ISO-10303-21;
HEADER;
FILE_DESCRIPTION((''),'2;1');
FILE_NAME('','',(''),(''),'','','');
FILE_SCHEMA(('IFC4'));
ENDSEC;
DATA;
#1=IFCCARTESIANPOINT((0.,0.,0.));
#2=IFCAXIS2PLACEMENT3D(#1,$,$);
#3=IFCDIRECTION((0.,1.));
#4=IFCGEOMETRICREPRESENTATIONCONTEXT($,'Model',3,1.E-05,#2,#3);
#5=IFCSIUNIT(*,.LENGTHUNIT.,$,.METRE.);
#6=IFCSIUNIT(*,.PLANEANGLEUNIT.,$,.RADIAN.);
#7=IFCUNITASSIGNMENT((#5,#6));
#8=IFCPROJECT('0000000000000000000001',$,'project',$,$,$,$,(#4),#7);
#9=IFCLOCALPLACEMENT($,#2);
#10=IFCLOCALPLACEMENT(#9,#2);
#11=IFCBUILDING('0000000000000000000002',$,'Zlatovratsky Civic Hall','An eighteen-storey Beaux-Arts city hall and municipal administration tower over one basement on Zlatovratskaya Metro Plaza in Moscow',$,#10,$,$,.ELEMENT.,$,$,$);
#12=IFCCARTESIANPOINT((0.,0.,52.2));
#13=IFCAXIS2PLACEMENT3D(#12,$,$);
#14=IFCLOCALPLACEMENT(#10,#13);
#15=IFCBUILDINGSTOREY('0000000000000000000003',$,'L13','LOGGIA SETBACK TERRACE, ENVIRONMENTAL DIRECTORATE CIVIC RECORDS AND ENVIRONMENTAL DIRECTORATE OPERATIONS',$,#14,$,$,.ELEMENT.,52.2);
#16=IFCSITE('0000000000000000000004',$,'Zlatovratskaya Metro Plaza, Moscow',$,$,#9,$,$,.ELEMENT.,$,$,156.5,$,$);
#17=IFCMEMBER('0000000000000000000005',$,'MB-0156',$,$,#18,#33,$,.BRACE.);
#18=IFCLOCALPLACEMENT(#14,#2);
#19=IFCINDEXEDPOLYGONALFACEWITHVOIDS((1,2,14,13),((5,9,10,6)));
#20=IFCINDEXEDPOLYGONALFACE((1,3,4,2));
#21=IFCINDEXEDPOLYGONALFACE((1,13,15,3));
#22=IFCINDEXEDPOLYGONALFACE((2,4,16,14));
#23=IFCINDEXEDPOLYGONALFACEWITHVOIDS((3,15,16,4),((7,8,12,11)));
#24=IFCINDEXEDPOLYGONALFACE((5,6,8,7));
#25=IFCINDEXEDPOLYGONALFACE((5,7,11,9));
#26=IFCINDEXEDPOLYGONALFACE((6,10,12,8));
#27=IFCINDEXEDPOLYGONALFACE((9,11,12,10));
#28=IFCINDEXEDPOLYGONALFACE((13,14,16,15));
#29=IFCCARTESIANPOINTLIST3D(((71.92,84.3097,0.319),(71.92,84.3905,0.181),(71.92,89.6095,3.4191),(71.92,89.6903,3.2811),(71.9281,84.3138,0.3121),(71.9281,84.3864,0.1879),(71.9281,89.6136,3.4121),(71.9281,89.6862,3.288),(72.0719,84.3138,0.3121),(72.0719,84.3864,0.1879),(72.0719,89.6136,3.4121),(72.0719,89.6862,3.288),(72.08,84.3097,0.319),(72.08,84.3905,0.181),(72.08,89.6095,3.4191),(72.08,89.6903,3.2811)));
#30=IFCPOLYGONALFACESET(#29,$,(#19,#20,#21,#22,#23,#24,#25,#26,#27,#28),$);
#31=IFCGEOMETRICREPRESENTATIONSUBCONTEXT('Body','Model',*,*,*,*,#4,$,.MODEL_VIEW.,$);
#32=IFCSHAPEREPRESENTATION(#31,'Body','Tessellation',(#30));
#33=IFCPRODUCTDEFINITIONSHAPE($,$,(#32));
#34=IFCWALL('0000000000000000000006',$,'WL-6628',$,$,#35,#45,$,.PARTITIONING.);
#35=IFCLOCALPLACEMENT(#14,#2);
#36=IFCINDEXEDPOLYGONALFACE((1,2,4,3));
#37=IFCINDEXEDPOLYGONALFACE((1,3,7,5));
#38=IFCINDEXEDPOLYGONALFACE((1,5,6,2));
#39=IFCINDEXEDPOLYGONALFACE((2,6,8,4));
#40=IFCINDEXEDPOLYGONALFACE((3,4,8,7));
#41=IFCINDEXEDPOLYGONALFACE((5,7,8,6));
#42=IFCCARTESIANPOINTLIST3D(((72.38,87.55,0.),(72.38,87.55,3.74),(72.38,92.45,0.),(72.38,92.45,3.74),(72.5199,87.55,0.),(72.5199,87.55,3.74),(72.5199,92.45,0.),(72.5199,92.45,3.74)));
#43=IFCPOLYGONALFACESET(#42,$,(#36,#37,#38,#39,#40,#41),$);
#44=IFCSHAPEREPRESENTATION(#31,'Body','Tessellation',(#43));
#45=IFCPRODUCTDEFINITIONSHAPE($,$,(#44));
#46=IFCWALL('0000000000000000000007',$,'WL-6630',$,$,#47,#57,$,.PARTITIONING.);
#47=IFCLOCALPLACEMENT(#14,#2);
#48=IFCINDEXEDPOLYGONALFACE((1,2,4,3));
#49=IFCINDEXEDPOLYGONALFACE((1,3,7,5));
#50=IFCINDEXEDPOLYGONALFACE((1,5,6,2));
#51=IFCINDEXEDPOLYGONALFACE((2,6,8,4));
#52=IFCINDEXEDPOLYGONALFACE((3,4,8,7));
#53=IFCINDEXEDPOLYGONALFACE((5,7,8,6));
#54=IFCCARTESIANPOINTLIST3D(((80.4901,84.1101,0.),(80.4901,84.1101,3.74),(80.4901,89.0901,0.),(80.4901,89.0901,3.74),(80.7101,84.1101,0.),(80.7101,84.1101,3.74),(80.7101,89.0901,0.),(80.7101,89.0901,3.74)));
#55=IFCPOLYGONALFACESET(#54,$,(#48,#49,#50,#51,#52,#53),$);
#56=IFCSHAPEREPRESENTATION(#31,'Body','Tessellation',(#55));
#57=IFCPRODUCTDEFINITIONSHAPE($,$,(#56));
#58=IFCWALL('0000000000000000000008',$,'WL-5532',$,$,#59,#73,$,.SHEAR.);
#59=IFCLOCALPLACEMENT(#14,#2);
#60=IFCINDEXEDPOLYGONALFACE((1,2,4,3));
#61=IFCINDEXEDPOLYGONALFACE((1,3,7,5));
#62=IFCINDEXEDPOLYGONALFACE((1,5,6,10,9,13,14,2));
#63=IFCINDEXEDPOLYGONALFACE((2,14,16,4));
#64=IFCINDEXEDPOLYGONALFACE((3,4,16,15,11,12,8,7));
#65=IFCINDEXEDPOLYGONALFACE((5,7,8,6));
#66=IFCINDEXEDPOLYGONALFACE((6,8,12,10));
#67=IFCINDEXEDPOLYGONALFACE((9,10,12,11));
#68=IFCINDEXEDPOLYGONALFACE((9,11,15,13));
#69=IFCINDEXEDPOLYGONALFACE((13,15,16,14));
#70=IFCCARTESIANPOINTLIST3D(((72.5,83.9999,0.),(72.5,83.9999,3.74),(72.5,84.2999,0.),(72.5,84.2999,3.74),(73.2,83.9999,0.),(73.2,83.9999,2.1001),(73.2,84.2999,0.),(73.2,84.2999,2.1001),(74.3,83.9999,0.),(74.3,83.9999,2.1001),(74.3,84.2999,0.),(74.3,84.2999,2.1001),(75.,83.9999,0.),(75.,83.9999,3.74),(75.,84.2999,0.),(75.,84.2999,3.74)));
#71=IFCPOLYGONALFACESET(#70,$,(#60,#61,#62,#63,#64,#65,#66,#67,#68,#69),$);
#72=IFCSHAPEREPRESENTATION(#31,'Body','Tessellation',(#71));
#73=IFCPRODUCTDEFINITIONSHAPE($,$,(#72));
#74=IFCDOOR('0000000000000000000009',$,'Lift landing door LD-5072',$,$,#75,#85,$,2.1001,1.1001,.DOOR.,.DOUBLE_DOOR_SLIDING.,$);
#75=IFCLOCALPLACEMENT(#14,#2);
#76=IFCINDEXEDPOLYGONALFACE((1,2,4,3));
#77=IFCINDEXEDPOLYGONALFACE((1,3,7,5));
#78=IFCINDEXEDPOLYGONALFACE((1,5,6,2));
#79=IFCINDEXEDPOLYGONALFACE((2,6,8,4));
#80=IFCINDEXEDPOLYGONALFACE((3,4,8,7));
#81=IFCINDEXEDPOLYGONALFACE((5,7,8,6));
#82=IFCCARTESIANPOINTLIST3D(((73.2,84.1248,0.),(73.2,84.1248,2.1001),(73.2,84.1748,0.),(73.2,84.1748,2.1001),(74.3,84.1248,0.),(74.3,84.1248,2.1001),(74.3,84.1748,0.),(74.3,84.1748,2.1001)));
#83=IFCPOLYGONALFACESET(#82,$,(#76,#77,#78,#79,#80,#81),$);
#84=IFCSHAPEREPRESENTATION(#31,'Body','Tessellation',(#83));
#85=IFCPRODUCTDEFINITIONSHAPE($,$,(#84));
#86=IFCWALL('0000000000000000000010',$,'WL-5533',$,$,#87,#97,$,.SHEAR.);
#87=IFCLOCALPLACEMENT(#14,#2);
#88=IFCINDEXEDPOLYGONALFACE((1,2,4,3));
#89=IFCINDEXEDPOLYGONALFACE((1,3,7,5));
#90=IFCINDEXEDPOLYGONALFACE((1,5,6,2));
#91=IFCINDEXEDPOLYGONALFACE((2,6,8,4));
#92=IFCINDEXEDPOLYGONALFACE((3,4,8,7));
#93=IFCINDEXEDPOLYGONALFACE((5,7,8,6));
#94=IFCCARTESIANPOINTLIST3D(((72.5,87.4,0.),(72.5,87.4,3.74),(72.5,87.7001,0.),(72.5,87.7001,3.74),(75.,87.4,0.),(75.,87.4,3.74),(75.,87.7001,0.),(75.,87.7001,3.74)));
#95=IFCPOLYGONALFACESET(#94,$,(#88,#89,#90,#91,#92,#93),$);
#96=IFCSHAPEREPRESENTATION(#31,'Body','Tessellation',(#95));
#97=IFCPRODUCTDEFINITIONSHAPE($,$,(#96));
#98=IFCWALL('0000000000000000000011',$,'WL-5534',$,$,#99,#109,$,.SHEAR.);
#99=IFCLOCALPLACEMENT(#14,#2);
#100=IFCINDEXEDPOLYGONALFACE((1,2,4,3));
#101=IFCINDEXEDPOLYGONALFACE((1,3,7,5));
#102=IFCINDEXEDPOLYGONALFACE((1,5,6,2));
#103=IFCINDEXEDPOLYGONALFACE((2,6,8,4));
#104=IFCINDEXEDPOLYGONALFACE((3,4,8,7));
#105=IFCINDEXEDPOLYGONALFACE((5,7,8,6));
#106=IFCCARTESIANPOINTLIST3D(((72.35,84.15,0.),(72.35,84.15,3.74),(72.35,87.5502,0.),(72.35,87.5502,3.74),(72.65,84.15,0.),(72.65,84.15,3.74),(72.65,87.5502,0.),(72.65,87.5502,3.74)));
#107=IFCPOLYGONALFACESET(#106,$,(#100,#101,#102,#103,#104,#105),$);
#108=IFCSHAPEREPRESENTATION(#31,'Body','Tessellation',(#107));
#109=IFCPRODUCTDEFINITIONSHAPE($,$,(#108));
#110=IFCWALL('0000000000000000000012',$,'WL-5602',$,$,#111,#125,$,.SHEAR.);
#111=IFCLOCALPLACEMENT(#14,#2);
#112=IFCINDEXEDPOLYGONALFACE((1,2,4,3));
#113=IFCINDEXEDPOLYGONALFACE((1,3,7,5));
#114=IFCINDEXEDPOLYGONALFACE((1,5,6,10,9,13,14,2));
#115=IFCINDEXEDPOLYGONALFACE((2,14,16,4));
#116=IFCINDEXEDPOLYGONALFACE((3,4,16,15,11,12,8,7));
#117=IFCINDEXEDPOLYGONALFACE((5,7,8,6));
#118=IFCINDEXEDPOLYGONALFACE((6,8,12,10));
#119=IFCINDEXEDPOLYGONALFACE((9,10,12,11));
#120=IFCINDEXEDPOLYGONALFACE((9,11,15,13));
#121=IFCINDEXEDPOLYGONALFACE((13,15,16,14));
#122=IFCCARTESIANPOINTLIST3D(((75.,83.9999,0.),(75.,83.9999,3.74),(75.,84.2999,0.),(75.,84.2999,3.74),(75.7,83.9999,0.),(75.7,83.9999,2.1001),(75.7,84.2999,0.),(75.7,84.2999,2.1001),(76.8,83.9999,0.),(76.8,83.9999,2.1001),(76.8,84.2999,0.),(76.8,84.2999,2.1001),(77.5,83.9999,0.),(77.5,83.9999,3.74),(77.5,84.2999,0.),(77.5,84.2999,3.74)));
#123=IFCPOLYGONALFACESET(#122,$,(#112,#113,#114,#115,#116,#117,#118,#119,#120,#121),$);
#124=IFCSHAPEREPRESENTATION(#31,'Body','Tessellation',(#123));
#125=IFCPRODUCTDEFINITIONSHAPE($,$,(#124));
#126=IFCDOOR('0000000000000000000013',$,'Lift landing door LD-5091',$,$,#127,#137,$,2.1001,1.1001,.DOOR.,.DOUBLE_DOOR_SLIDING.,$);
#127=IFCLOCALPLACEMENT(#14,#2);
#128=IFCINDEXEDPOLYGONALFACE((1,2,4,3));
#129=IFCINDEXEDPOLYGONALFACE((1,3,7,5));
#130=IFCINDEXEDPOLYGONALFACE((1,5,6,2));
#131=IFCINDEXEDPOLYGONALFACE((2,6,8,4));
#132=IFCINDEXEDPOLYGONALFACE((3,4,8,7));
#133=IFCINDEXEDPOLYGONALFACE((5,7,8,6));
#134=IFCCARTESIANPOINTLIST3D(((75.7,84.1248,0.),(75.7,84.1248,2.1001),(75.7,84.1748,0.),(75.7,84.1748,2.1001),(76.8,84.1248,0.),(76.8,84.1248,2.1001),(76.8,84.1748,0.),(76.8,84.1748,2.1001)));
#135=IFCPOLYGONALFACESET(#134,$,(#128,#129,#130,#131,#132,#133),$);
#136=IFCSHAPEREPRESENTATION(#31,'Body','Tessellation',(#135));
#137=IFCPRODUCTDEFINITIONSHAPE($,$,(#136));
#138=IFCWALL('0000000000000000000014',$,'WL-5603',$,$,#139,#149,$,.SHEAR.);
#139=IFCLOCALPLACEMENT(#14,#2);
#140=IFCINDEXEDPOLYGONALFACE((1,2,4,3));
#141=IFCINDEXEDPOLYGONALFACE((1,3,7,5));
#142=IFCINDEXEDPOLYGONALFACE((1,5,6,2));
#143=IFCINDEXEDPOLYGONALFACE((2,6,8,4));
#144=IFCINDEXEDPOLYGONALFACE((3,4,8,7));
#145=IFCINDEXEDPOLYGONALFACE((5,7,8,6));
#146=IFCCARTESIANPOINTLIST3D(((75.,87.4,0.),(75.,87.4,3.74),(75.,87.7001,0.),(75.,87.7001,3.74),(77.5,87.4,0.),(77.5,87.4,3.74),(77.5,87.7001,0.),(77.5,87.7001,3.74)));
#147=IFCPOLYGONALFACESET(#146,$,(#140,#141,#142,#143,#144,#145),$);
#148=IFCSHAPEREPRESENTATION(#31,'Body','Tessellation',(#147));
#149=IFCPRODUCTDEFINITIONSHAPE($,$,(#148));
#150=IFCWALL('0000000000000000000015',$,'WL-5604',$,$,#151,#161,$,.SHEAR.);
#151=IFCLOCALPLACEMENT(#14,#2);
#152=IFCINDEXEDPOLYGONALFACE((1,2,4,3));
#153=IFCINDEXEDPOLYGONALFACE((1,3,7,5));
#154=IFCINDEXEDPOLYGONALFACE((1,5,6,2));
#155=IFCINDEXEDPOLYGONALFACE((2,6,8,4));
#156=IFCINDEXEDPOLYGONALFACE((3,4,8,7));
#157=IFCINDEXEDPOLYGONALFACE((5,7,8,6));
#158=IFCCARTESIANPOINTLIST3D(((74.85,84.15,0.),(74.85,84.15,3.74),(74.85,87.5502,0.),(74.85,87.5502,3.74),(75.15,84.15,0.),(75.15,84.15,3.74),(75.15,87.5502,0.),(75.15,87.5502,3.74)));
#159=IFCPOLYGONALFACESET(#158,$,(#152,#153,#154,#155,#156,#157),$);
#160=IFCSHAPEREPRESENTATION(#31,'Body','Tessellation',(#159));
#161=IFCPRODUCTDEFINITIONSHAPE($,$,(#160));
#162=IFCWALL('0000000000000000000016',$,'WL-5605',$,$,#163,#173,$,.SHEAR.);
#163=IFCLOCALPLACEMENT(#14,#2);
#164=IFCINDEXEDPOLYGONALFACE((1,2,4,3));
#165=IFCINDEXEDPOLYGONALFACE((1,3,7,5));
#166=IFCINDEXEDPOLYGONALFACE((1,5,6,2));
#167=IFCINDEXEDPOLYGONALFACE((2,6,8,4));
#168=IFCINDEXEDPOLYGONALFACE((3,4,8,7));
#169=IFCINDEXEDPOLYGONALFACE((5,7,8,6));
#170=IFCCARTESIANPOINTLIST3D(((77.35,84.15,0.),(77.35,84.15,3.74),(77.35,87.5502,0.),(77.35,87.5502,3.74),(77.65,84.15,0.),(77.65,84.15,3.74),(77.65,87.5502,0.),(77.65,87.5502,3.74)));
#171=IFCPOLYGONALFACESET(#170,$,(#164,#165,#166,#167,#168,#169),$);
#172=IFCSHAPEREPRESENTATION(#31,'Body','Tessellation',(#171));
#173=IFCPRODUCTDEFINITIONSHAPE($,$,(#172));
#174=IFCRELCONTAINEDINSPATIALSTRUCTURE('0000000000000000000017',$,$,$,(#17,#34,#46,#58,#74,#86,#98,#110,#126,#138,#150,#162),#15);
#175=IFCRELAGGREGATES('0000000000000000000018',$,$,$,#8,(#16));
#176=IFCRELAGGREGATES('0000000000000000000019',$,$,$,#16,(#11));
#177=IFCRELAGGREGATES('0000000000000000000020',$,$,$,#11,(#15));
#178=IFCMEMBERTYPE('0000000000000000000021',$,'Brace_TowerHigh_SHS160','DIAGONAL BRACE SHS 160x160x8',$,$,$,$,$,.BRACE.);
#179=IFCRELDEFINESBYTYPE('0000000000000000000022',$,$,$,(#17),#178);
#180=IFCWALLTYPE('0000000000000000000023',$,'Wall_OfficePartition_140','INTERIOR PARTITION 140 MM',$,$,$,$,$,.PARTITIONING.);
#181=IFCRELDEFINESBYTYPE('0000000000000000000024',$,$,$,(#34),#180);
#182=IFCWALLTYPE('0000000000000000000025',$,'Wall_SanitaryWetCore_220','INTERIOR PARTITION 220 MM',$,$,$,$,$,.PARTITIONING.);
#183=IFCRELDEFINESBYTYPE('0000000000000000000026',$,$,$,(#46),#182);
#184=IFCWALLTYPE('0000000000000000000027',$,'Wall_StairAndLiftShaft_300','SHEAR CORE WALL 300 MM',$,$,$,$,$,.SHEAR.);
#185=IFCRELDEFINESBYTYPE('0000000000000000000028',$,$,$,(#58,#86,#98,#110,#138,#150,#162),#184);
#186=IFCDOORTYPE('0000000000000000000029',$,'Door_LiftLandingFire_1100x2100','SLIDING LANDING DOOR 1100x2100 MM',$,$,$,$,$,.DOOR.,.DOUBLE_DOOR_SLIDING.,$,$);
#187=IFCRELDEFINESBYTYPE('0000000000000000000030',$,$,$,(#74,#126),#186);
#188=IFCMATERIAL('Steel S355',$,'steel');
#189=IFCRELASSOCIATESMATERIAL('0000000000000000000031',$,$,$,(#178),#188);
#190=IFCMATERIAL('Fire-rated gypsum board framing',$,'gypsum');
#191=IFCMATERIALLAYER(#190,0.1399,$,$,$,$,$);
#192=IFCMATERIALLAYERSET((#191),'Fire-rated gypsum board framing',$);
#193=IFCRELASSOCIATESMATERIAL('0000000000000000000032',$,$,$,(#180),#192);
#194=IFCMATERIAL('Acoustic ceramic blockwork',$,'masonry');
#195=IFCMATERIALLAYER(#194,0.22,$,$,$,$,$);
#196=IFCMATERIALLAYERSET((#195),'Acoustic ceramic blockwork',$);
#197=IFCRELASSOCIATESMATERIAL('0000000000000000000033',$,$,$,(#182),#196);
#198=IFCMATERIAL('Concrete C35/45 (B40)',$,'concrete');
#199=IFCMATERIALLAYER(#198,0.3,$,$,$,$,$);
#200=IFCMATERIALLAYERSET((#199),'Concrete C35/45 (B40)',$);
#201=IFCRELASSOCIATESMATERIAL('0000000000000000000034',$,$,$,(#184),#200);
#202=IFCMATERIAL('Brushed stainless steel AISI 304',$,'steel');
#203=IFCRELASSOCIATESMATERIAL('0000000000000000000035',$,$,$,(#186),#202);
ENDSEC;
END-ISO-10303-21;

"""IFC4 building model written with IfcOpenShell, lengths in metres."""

from ifc_helpers import new_model, si_unit, direction, frame, frame_2d, origin, origin_2d, place, context, subcontext, project, spatial, rectangle, hollow_rectangle, extrude, material, layer, layer_set, material_profile, profile_set, type_object, element, fill, save


model = new_model("IFC4")

# Units and contexts
model_context = context("Model", 3, precision=1e-05, world=origin(), true_north=direction((0.0, 1.0)))
body_context = subcontext(model_context, "Body", "Model", "MODEL_VIEW")
ifc_project = project(units=[si_unit("LENGTHUNIT", "METRE"), si_unit("PLANEANGLEUNIT", "RADIAN")], contexts=[model_context])

# Site, building, storey
site_placement = place(None, origin())
site = spatial("IfcSite", under=ifc_project, at=site_placement, Name="Zlatovratskaya Metro Plaza, Moscow", CompositionType="ELEMENT", RefElevation=156.5)
building_placement = place(site_placement, origin())
building = spatial("IfcBuilding", under=site, at=building_placement, Name="Zlatovratsky Civic Hall", Description="An eighteen-storey Beaux-Arts city hall and municipal administration tower over one basement on Zlatovratskaya Metro Plaza in Moscow", CompositionType="ELEMENT")
storey_placement = place(building_placement, frame((0.0, 0.0, 52.2)))
storey = spatial("IfcBuildingStorey", under=building, at=storey_placement, Name="L13", Description="LOGGIA SETBACK TERRACE, ENVIRONMENTAL DIRECTORATE CIVIC RECORDS AND ENVIRONMENTAL DIRECTORATE OPERATIONS", CompositionType="ELEMENT", Elevation=52.2)

# Shared definitions
ifc_material_1 = material(Name="Concrete C35/45 (B40)", Category="concrete")

# Shared definitions
ifc_material_2 = material(Name="Steel S355", Category="steel")

# Member
ifc_material_profile_1 = material_profile(ifc_material_2, hollow_rectangle(XDim=0.1599, YDim=0.1599, WallThickness=0.0081, at=origin_2d()), Name="SHS 160x160x8")
ifc_profile_set_1 = profile_set([ifc_material_profile_1], Name="Steel S355")
member_type = type_object("IfcMemberType", Name="Brace_TowerHigh_SHS160", Description="DIAGONAL BRACE SHS 160x160x8", PredefinedType="BRACE", material=ifc_profile_set_1)
member_placement = place(storey_placement, frame((72.0, 84.3501, 0.25), z_axis=(0.0, 0.863173, 0.504909), x_axis=(-1.0, 0.0, 0.0)))
element("IfcMember", 1, at=member_placement, inside=storey, type_object=member_type, Name="MB-0156", PredefinedType="BRACE", context=body_context, shape_type="SweptSolid", body=[
    extrude(hollow_rectangle(XDim=0.1599, YDim=0.1599, WallThickness=0.0081, at=origin_2d()), origin(), (0.0, 0.0, 1.0), 6.1399),
])

# Shared definitions
ifc_material_3 = material(Name="Acoustic ceramic blockwork", Category="masonry")

# Wall
ifc_material_4 = material(Name="Fire-rated gypsum board framing", Category="gypsum")
ifc_layer_1 = layer(ifc_material_4, 0.1399)
ifc_layer_set_1 = layer_set([ifc_layer_1], Name="Fire-rated gypsum board framing")
wall_type_1 = type_object("IfcWallType", Name="Wall_OfficePartition_140", Description="INTERIOR PARTITION 140 MM", PredefinedType="PARTITIONING", material=ifc_layer_set_1)
wall_1_placement = place(storey_placement, frame((72.45, 87.55, 0.0), z_axis=(0.0, 0.0, 1.0), x_axis=(0.0, 1.0, 0.0)))
element("IfcWall", 2, at=wall_1_placement, inside=storey, type_object=wall_type_1, Name="WL-6628", PredefinedType="PARTITIONING", context=body_context, shape_type="SweptSolid", body=[
    extrude(rectangle(XDim=4.8999, YDim=0.1399, at=frame_2d((2.45, 0.0))), origin(), (0.0, 0.0, 1.0), 3.74),
])

# Shared definitions
ifc_layer_2 = layer(ifc_material_3, 0.22)
ifc_layer_set_2 = layer_set([ifc_layer_2], Name="Acoustic ceramic blockwork")
wall_type_2 = type_object("IfcWallType", Name="Wall_SanitaryWetCore_220", Description="INTERIOR PARTITION 220 MM", PredefinedType="PARTITIONING", material=ifc_layer_set_2)

# Wall
wall_2_placement = place(storey_placement, frame((80.6001, 84.1101, 0.0), z_axis=(0.0, 0.0, 1.0), x_axis=(0.0, 1.0, 0.0)))
element("IfcWall", 3, at=wall_2_placement, inside=storey, type_object=wall_type_2, Name="WL-6630", PredefinedType="PARTITIONING", context=body_context, shape_type="SweptSolid", body=[
    extrude(rectangle(XDim=4.98, YDim=0.22, at=frame_2d((2.49, 0.0))), origin(), (0.0, 0.0, 1.0), 3.74),
])

# Wall, opening, door
ifc_layer_3 = layer(ifc_material_1, 0.3)
ifc_layer_set_3 = layer_set([ifc_layer_3], Name="Concrete C35/45 (B40)")
wall_type_3 = type_object("IfcWallType", Name="Wall_StairAndLiftShaft_300", Description="SHEAR CORE WALL 300 MM", PredefinedType="SHEAR", material=ifc_layer_set_3)
wall_3_placement = place(storey_placement, frame((72.5, 84.1499, 0.0), z_axis=(0.0, 0.0, 1.0), x_axis=(1.0, 0.0, 0.0)))
wall_3 = element("IfcWall", 4, at=wall_3_placement, inside=storey, type_object=wall_type_3, Name="WL-5532", PredefinedType="SHEAR", context=body_context, shape_type="SweptSolid", body=[
    extrude(rectangle(XDim=2.5, YDim=0.3, at=frame_2d((1.25, 0.0))), origin(), (0.0, 0.0, 1.0), 3.74),
])
opening_1_placement = place(wall_3_placement, frame((0.7, 0.0, 0.0)))
opening_1 = element("IfcOpeningElement", 5, at=opening_1_placement, cuts=wall_3, PredefinedType="OPENING", context=body_context, shape_type="SweptSolid", body=[
    extrude(rectangle(XDim=1.1001, YDim=2.1001, at=frame_2d((0.55, 1.05))), frame((0.0, 0.165, 0.0), z_axis=(0.0, -1.0, 0.0), x_axis=(1.0, 0.0, 0.0)), (0.0, 0.0, 1.0), 0.3298),
])
ifc_material_5 = material(Name="Brushed stainless steel AISI 304", Category="steel")
door_type_1 = type_object("IfcDoorType", Name="Door_LiftLandingFire_1100x2100", Description="SLIDING LANDING DOOR 1100x2100 MM", OperationType="DOUBLE_DOOR_SLIDING", PredefinedType="DOOR", material=ifc_material_5)
door_1_placement = place(opening_1_placement, origin())
door_1 = element("IfcDoor", 6, at=door_1_placement, inside=storey, type_object=door_type_1, Name="Lift landing door LD-5072", OperationType="DOUBLE_DOOR_SLIDING", OverallHeight=2.1001, OverallWidth=1.1001, PredefinedType="DOOR", context=body_context, shape_type="SweptSolid", body=[
    extrude(rectangle(XDim=1.1001, YDim=2.1001, at=frame_2d((0.55, 1.05))), frame((0.0, 0.0249, 0.0), z_axis=(0.0, -1.0, 0.0), x_axis=(1.0, 0.0, 0.0)), (0.0, 0.0, 1.0), 0.05),
])
fill(opening_1, door_1)

# Walls
wall_4_placement = place(storey_placement, frame((72.5, 87.55, 0.0), z_axis=(0.0, 0.0, 1.0), x_axis=(1.0, 0.0, 0.0)))
element("IfcWall", 7, at=wall_4_placement, inside=storey, type_object=wall_type_3, Name="WL-5533", PredefinedType="SHEAR", context=body_context, shape_type="SweptSolid", body=[
    extrude(rectangle(XDim=2.5, YDim=0.3, at=frame_2d((1.25, 0.0))), origin(), (0.0, 0.0, 1.0), 3.74),
])
wall_5_placement = place(storey_placement, frame((72.5, 84.1499, 0.0), z_axis=(0.0, 0.0, 1.0), x_axis=(0.0, 1.0, 0.0)))
element("IfcWall", 8, at=wall_5_placement, inside=storey, type_object=wall_type_3, Name="WL-5534", PredefinedType="SHEAR", context=body_context, shape_type="SweptSolid", body=[
    extrude(rectangle(XDim=3.4001, YDim=0.3, at=frame_2d((1.7002, 0.0))), origin(), (0.0, 0.0, 1.0), 3.74),
])

# Wall, opening, door
wall_6_placement = place(storey_placement, frame((75.0, 84.1499, 0.0), z_axis=(0.0, 0.0, 1.0), x_axis=(1.0, 0.0, 0.0)))
wall_6 = element("IfcWall", 9, at=wall_6_placement, inside=storey, type_object=wall_type_3, Name="WL-5602", PredefinedType="SHEAR", context=body_context, shape_type="SweptSolid", body=[
    extrude(rectangle(XDim=2.5, YDim=0.3, at=frame_2d((1.25, 0.0))), origin(), (0.0, 0.0, 1.0), 3.74),
])
opening_2_placement = place(wall_6_placement, frame((0.7, 0.0, 0.0)))
opening_2 = element("IfcOpeningElement", 10, at=opening_2_placement, cuts=wall_6, PredefinedType="OPENING", context=body_context, shape_type="SweptSolid", body=[
    extrude(rectangle(XDim=1.1001, YDim=2.1001, at=frame_2d((0.55, 1.05))), frame((0.0, 0.165, 0.0), z_axis=(0.0, -1.0, 0.0), x_axis=(1.0, 0.0, 0.0)), (0.0, 0.0, 1.0), 0.3298),
])
door_2_placement = place(opening_2_placement, origin())
door_2 = element("IfcDoor", 11, at=door_2_placement, inside=storey, type_object=door_type_1, Name="Lift landing door LD-5091", OperationType="DOUBLE_DOOR_SLIDING", OverallHeight=2.1001, OverallWidth=1.1001, PredefinedType="DOOR", context=body_context, shape_type="SweptSolid", body=[
    extrude(rectangle(XDim=1.1001, YDim=2.1001, at=frame_2d((0.55, 1.05))), frame((0.0, 0.0249, 0.0), z_axis=(0.0, -1.0, 0.0), x_axis=(1.0, 0.0, 0.0)), (0.0, 0.0, 1.0), 0.05),
])
fill(opening_2, door_2)

# Walls
wall_7_placement = place(storey_placement, frame((75.0, 87.55, 0.0), z_axis=(0.0, 0.0, 1.0), x_axis=(1.0, 0.0, 0.0)))
element("IfcWall", 12, at=wall_7_placement, inside=storey, type_object=wall_type_3, Name="WL-5603", PredefinedType="SHEAR", context=body_context, shape_type="SweptSolid", body=[
    extrude(rectangle(XDim=2.5, YDim=0.3, at=frame_2d((1.25, 0.0))), origin(), (0.0, 0.0, 1.0), 3.74),
])
for number, where, z_axis, x_axis, name in (
    (13, (75.0, 84.1499, 0.0), (0.0, 0.0, 1.0), (0.0, 1.0, 0.0), "WL-5604"),
    (14, (77.5, 84.1499, 0.0), (0.0, 0.0, 1.0), (0.0, 1.0, 0.0), "WL-5605"),
):
    element("IfcWall", number, at=place(storey_placement, frame(where, z_axis=z_axis, x_axis=x_axis)), inside=storey, type_object=wall_type_3, Name=name, PredefinedType="SHEAR", context=body_context, shape_type="SweptSolid", body=[
        extrude(rectangle(XDim=3.4001, YDim=0.3, at=frame_2d((1.7002, 0.0))), origin(), (0.0, 0.0, 1.0), 3.74),
    ])

save(model, "model.ifc")
